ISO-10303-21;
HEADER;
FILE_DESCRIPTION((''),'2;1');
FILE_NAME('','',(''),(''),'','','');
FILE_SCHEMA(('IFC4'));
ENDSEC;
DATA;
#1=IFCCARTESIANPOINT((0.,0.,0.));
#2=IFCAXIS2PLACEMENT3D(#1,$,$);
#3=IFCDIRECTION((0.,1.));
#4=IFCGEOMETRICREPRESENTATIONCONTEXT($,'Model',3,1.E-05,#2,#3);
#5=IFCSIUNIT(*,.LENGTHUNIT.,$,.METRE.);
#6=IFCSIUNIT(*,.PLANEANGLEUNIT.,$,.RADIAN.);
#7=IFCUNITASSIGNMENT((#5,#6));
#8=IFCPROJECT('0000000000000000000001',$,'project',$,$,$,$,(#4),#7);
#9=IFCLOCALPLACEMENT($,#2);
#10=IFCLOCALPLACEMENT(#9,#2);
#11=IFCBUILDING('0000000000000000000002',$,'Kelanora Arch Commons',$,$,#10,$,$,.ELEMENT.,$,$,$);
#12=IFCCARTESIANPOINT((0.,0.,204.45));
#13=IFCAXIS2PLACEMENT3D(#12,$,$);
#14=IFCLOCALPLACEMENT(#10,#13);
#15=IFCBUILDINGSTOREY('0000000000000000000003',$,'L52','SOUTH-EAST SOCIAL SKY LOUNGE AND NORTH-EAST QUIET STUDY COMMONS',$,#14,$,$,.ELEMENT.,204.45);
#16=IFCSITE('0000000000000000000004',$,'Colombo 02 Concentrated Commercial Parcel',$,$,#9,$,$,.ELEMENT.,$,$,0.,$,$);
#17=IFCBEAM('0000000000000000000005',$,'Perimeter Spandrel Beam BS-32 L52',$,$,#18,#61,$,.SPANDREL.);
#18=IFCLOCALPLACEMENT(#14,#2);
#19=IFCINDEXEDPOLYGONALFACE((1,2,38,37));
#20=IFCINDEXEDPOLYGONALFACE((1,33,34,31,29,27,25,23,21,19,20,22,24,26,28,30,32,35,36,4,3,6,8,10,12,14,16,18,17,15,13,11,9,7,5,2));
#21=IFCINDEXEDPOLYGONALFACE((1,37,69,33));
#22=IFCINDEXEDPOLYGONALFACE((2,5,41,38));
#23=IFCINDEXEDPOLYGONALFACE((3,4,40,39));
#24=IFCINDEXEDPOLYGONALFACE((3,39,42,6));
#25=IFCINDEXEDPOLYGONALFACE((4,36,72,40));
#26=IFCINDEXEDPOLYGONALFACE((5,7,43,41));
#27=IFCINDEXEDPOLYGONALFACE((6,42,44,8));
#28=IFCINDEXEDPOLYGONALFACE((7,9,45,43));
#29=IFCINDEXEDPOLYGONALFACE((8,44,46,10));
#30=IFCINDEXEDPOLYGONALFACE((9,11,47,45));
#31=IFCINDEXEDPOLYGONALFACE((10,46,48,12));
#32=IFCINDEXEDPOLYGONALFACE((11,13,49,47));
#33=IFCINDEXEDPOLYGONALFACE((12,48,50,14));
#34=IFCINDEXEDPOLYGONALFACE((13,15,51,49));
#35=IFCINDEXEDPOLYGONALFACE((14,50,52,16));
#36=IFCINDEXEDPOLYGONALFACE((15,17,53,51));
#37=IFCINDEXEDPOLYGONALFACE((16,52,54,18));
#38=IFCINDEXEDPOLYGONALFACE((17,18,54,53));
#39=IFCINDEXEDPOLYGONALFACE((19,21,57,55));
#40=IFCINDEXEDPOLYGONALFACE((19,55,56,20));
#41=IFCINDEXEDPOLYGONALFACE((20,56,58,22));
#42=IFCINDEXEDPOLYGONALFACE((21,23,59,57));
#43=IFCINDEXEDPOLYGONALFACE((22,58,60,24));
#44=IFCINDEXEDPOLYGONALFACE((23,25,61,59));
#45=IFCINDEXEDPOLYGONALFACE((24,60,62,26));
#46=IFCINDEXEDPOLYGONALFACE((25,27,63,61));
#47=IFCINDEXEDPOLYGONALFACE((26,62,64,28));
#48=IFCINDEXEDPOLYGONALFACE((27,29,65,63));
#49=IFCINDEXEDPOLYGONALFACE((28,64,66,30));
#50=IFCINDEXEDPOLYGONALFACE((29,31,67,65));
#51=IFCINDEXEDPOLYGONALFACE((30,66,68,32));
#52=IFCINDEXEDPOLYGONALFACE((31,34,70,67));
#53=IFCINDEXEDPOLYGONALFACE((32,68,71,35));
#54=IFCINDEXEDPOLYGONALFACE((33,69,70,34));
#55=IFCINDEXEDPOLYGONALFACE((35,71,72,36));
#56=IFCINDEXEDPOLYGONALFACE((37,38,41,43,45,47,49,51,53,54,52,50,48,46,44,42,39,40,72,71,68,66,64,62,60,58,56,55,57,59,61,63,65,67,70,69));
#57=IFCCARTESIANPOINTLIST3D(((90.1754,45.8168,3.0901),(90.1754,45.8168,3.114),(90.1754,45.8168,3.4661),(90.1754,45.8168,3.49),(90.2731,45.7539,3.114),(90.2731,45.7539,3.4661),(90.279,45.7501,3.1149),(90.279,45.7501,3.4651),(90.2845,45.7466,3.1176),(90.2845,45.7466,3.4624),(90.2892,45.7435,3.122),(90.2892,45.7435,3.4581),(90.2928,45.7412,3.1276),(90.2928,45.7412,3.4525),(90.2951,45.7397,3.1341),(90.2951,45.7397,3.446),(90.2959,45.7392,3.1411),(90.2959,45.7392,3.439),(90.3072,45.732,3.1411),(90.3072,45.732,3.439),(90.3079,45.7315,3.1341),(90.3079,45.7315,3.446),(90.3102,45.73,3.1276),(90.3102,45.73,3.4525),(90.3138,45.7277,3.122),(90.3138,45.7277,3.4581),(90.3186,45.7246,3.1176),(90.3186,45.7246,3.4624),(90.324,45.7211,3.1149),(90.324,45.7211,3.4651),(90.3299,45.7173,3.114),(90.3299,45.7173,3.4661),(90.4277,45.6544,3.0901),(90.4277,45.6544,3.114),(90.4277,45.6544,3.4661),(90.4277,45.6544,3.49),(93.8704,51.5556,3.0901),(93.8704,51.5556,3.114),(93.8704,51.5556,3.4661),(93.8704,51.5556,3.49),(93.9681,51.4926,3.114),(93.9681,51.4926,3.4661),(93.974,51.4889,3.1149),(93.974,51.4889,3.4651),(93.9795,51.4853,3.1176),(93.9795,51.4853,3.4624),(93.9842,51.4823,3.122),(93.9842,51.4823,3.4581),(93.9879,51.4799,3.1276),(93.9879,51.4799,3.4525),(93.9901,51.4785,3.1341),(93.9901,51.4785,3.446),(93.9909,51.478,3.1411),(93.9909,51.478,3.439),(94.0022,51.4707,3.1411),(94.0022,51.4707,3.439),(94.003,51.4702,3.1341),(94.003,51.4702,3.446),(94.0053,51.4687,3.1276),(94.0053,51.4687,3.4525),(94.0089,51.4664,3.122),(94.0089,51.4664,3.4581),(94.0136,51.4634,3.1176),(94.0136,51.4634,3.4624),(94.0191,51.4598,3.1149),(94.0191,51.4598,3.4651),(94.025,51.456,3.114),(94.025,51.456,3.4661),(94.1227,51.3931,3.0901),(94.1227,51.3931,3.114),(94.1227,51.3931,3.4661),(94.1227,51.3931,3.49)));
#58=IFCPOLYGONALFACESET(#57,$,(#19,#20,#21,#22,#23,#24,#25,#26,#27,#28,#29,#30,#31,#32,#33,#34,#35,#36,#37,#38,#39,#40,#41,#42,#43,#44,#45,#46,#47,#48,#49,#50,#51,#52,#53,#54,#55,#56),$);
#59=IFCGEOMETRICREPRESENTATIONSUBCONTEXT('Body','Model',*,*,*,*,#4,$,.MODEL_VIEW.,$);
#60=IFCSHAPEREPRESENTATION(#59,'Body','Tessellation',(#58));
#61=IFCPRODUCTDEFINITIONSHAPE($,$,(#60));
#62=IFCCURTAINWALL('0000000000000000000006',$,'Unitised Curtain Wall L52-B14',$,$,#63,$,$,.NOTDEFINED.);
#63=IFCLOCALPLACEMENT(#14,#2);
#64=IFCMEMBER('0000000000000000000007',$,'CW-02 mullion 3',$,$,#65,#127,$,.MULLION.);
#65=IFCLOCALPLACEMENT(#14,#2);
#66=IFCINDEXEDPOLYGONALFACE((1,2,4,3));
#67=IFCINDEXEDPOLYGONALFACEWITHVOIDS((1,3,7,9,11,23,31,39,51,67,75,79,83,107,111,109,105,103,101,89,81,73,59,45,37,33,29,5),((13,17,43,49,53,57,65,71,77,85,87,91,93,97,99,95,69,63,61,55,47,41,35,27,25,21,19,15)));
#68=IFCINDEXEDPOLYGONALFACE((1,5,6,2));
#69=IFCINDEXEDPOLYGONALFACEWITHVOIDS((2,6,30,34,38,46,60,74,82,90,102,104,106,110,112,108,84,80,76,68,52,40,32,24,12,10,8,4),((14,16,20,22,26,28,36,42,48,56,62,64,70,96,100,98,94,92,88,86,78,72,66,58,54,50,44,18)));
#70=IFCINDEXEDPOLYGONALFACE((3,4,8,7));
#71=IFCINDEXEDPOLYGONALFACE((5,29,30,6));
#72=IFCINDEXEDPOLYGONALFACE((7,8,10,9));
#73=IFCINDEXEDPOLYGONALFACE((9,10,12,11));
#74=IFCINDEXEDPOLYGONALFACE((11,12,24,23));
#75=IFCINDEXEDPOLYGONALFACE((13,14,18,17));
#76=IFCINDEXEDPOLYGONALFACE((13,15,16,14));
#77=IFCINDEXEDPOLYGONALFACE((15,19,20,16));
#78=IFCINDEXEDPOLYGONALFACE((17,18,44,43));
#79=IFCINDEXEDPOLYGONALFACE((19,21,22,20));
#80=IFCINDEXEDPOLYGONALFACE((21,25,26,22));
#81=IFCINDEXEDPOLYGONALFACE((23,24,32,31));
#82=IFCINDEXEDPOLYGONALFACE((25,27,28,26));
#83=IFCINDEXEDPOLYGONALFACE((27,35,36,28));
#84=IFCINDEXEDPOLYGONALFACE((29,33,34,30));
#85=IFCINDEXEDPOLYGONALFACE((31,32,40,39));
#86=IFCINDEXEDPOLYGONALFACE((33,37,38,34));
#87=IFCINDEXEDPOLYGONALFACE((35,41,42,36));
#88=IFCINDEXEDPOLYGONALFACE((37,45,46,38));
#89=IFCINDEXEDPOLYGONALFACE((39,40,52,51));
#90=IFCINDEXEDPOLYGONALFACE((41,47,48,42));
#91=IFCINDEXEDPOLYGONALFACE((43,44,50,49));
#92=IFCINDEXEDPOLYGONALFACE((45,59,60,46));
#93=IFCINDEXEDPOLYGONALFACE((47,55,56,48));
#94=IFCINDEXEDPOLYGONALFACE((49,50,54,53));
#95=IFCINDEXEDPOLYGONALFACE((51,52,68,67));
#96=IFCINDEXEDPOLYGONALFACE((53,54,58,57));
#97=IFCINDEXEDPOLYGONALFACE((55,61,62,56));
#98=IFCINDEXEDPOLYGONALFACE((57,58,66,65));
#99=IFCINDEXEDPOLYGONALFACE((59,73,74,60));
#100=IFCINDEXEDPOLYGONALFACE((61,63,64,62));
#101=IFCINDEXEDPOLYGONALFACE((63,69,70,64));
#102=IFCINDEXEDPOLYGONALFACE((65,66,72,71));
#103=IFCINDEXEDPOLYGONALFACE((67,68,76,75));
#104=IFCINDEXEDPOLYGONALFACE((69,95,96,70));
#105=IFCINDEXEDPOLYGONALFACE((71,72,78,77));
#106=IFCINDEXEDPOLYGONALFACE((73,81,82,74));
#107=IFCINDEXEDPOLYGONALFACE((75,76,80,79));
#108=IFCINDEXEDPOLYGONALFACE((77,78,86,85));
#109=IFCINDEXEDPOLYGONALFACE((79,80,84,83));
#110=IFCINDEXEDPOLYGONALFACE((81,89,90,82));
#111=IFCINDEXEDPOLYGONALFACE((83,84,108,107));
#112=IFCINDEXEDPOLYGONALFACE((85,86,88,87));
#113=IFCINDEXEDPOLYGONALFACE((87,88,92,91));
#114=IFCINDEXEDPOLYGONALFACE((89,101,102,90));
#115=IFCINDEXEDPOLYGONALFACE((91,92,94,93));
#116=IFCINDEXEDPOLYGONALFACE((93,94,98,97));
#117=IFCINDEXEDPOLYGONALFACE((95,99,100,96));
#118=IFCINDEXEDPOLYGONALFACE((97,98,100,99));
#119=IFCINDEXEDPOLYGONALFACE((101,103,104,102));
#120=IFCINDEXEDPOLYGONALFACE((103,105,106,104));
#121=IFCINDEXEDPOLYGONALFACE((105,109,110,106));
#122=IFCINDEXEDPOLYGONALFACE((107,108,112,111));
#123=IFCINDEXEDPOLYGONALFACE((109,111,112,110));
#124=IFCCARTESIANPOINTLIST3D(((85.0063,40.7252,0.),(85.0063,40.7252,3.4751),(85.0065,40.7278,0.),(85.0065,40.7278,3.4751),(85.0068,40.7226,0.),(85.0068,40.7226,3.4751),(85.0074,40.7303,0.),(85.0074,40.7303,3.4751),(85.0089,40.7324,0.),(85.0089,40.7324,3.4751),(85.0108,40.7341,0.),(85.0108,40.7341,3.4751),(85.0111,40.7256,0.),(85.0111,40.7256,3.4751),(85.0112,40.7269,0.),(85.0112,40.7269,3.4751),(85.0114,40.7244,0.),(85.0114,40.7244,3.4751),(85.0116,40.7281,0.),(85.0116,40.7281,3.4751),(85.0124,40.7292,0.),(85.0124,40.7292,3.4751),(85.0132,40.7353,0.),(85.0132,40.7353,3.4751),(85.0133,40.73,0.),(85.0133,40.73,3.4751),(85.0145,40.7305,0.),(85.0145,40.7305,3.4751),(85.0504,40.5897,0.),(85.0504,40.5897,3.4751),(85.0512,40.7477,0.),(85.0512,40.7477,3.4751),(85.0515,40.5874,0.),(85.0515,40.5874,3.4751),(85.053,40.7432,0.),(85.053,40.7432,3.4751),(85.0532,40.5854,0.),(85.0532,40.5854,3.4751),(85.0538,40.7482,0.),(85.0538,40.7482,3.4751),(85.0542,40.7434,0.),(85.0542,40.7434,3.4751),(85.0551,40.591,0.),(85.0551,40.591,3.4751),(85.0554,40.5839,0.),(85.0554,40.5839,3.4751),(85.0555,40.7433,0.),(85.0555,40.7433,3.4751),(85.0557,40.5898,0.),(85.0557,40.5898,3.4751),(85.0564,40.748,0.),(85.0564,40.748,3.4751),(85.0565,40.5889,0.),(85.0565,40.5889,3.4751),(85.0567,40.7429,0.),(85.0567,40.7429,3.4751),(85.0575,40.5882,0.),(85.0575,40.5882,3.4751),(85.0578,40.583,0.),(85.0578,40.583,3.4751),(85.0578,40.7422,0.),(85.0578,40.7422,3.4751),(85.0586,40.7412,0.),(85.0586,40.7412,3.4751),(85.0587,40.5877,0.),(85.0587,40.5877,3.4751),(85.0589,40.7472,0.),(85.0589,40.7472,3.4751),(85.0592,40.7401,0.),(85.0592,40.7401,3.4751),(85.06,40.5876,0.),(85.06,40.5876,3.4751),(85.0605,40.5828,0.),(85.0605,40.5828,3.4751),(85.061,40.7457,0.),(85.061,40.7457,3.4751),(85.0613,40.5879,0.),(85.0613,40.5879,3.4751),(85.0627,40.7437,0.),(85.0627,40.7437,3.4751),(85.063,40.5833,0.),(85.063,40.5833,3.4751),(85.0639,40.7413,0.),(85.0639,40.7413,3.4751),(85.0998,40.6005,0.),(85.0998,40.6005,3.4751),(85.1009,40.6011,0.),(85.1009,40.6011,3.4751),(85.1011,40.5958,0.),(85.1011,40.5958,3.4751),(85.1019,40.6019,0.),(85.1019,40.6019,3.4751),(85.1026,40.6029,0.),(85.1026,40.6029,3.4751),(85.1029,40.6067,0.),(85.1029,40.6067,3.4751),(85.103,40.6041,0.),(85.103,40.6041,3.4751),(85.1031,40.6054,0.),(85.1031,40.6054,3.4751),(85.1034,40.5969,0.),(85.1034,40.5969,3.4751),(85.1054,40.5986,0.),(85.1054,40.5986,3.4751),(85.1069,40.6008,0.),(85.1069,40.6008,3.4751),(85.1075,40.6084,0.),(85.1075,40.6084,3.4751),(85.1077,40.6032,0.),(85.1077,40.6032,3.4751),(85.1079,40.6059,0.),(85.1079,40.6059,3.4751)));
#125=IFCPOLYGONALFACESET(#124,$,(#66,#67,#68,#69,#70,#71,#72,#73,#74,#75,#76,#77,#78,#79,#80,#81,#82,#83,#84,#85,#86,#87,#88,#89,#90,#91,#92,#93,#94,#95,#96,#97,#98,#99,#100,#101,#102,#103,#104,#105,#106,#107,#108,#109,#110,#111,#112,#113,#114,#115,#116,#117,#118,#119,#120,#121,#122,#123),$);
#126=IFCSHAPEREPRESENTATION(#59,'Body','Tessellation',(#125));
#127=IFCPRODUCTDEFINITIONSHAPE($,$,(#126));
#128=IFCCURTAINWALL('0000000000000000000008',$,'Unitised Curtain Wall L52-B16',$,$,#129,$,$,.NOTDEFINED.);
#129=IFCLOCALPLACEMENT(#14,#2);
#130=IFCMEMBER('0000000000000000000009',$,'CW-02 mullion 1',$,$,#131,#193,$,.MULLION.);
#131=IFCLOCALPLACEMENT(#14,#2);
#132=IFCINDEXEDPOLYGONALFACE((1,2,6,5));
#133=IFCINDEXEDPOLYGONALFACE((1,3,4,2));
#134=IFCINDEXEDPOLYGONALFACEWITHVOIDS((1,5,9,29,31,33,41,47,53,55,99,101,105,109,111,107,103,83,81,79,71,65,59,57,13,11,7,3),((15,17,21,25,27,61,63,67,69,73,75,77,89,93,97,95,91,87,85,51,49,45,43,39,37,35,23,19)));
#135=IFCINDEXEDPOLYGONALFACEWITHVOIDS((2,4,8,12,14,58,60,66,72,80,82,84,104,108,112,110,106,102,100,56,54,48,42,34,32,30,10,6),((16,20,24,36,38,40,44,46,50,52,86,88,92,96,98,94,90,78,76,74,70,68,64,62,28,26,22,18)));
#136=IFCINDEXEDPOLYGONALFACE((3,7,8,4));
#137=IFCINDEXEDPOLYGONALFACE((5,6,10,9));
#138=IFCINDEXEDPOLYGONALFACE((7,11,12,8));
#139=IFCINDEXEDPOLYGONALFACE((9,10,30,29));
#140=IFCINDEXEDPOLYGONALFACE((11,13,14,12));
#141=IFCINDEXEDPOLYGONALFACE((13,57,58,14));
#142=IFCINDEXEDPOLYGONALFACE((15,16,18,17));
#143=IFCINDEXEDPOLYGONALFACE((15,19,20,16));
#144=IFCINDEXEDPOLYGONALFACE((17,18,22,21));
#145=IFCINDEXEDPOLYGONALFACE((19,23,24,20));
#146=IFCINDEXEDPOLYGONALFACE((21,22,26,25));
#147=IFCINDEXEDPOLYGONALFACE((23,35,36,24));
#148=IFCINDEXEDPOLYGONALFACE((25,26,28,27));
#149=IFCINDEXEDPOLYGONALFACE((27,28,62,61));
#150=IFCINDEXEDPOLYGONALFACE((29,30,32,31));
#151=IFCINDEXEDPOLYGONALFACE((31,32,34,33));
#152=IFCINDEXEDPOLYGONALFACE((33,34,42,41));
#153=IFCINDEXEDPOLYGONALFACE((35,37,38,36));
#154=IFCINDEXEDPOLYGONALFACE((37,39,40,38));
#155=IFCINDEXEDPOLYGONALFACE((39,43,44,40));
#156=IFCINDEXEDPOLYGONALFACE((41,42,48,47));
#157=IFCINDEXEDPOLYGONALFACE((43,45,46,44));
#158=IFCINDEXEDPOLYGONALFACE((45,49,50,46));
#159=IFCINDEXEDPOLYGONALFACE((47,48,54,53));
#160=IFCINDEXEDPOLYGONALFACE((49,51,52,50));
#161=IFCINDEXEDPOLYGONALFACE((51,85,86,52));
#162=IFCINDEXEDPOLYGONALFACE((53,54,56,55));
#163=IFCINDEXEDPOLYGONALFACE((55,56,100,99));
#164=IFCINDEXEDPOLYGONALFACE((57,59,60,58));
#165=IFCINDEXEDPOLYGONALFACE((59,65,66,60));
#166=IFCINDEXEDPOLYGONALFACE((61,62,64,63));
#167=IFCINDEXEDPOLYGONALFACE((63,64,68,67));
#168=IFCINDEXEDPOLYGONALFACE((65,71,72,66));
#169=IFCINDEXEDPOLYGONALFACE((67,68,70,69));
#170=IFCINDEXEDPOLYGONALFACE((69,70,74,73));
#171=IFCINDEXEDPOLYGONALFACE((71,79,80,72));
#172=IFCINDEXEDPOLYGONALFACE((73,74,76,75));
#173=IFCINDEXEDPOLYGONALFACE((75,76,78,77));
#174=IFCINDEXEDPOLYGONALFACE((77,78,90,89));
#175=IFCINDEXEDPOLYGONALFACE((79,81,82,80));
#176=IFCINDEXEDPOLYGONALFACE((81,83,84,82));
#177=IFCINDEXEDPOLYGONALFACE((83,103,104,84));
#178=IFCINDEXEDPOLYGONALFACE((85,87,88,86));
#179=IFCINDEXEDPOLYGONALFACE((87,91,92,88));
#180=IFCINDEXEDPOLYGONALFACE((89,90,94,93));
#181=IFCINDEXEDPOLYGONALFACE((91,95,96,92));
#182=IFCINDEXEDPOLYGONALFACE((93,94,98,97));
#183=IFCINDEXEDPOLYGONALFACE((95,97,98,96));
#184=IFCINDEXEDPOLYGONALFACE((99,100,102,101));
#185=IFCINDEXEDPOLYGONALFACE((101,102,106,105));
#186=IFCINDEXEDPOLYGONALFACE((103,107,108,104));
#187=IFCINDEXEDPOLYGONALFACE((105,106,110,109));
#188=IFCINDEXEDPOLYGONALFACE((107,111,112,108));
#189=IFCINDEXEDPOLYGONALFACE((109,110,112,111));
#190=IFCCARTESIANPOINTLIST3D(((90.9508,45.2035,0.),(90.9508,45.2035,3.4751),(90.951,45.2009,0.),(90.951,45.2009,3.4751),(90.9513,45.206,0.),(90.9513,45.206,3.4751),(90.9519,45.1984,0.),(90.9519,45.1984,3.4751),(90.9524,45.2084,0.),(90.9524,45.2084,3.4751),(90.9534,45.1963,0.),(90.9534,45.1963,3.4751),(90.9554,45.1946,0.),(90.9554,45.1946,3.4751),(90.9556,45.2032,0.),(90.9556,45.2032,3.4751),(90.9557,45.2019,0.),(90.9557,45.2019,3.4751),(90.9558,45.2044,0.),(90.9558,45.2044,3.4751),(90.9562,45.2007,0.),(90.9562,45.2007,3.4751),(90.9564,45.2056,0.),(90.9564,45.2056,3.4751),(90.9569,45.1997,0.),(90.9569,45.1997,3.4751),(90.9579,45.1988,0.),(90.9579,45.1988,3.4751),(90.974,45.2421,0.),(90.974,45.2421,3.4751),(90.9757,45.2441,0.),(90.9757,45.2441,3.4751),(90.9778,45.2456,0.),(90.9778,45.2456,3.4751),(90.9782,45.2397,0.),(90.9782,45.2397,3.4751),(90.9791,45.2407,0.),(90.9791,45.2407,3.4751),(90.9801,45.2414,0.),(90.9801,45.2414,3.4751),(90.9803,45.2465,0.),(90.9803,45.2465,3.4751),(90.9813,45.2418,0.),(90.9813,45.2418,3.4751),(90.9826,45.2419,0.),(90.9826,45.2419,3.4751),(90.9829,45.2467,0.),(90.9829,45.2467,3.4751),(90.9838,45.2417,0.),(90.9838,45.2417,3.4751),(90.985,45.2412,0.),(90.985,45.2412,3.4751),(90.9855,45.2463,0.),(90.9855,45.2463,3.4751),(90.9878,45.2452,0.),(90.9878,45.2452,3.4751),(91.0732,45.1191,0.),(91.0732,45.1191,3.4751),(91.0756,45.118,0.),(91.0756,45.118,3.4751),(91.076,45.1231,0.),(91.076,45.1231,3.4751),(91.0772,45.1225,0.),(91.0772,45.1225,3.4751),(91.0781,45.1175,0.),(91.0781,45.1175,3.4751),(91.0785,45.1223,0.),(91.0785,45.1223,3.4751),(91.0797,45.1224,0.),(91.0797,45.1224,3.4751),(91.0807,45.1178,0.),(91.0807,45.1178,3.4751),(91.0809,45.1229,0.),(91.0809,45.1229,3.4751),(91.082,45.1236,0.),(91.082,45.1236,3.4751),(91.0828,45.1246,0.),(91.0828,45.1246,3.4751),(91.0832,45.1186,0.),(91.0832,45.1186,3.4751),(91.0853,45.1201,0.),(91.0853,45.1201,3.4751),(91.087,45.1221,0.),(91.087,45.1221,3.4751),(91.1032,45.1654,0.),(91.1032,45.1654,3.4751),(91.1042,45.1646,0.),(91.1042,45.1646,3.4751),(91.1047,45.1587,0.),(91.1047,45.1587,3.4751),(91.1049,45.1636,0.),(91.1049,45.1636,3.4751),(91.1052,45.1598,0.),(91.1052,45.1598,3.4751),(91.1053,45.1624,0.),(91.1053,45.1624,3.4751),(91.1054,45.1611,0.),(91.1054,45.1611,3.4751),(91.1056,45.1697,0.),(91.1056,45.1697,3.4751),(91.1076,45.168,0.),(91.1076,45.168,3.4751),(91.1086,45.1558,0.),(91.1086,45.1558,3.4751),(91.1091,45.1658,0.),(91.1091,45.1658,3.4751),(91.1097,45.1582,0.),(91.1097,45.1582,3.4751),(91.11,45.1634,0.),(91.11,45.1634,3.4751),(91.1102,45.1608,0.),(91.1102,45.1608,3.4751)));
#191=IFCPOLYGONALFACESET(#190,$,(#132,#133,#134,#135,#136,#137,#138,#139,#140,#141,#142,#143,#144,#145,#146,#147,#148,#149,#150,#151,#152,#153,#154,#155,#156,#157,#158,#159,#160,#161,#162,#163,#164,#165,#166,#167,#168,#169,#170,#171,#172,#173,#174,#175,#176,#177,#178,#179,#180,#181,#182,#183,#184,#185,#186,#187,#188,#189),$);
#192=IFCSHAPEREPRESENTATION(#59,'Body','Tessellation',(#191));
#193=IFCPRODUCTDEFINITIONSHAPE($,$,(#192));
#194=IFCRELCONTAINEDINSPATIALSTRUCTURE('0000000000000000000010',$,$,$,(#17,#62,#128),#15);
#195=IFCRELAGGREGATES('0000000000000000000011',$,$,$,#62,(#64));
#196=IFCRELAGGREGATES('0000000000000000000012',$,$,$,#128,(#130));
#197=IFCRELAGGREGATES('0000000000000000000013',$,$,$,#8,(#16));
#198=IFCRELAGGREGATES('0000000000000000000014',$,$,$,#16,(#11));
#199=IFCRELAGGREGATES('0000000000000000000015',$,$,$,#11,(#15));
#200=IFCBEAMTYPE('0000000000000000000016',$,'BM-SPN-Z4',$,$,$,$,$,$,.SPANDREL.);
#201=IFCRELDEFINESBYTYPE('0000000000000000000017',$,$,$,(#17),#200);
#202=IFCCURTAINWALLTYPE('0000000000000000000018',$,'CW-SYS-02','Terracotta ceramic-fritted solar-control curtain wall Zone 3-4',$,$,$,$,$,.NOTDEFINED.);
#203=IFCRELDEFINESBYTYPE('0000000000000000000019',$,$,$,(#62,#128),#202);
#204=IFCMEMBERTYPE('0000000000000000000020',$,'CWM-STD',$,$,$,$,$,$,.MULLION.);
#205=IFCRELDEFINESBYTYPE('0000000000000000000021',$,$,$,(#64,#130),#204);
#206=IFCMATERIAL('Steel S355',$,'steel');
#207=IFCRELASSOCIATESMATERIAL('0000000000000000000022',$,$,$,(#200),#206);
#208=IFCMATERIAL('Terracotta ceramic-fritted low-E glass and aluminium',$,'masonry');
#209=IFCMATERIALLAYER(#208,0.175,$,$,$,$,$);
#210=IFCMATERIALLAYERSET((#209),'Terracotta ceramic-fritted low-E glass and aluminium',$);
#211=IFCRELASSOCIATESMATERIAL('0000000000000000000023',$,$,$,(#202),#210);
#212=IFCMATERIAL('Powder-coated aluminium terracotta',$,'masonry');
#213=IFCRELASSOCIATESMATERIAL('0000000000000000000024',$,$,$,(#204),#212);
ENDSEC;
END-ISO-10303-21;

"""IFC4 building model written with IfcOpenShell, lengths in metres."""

from ifc_helpers import new_model, si_unit, direction, frame, origin, origin_2d, place, context, subcontext, project, spatial, hollow_rectangle, i_section, extrude, material, layer, layer_set, material_profile, profile_set, type_object, element, aggregate, save


model = new_model("IFC4")

# Units and contexts
model_context = context("Model", 3, precision=1e-05, world=origin(), true_north=direction((0.0, 1.0)))
body_context = subcontext(model_context, "Body", "Model", "MODEL_VIEW")
ifc_project = project(units=[si_unit("LENGTHUNIT", "METRE"), si_unit("PLANEANGLEUNIT", "RADIAN")], contexts=[model_context])

# Site, building, storey
site_placement = place(None, origin())
site = spatial("IfcSite", under=ifc_project, at=site_placement, Name="Colombo 02 Concentrated Commercial Parcel", CompositionType="ELEMENT", RefElevation=0.0)
building_placement = place(site_placement, origin())
building = spatial("IfcBuilding", under=site, at=building_placement, Name="Kelanora Arch Commons", CompositionType="ELEMENT")
storey_placement = place(building_placement, frame((0.0, 0.0, 204.45)))
storey = spatial("IfcBuildingStorey", under=building, at=storey_placement, Name="L52", Description="SOUTH-EAST SOCIAL SKY LOUNGE AND NORTH-EAST QUIET STUDY COMMONS", CompositionType="ELEMENT", Elevation=204.45)

# Beam
ifc_material_1 = material(Name="Steel S355", Category="steel")
ifc_material_profile_1 = material_profile(ifc_material_1, i_section(OverallWidth=0.3, OverallDepth=0.3999, WebThickness=0.0134, FlangeThickness=0.0239, FilletRadius=0.0271, at=origin_2d()), Name="HEB400")
ifc_profile_set_1 = profile_set([ifc_material_profile_1], Name="Steel S355")
beam_type_1 = type_object("IfcBeamType", Name="BM-SPN-Z4", PredefinedType="SPANDREL", material=ifc_profile_set_1)
beam_1_placement = place(storey_placement, frame((90.3015, 45.7356, 3.29), z_axis=(0.541365, 0.840788, 0.0), x_axis=(-0.840788, 0.541365, 0.0)))
element("IfcBeam", 1, at=beam_1_placement, inside=storey, type_object=beam_type_1, Name="Perimeter Spandrel Beam BS-32 L52", PredefinedType="SPANDREL", context=body_context, shape_type="SweptSolid", body=[
    extrude(i_section(OverallWidth=0.3, OverallDepth=0.3999, WebThickness=0.0134, FlangeThickness=0.0239, FilletRadius=0.0271, at=origin_2d()), origin(), (0.0, 0.0, 1.0), 6.8254),
])

# Curtain wall, member
ifc_material_2 = material(Name="Terracotta ceramic-fritted low-E glass and aluminium", Category="masonry")
ifc_layer_1 = layer(ifc_material_2, 0.175)
ifc_layer_set_1 = layer_set([ifc_layer_1], Name="Terracotta ceramic-fritted low-E glass and aluminium")
curtain_wall_type = type_object("IfcCurtainWallType", Name="CW-SYS-02", Description="Terracotta ceramic-fritted solar-control curtain wall Zone 3-4", PredefinedType="NOTDEFINED", material=ifc_layer_set_1)
curtain_wall_1_placement = place(storey_placement, origin())
curtain_wall_1 = element("IfcCurtainWall", 2, at=curtain_wall_1_placement, inside=storey, type_object=curtain_wall_type, Name="Unitised Curtain Wall L52-B14", PredefinedType="NOTDEFINED")
ifc_material_3 = material(Name="Powder-coated aluminium terracotta", Category="masonry")
ifc_material_profile_2 = material_profile(ifc_material_3, hollow_rectangle(XDim=0.1599, YDim=0.0601, WallThickness=0.0049, InnerFilletRadius=0.0049, OuterFilletRadius=0.01, at=origin_2d()), Name="CWM160x60")
ifc_profile_set_2 = profile_set([ifc_material_profile_2], Name="Powder-coated aluminium terracotta")
member_type_1 = type_object("IfcMemberType", Name="CWM-STD", PredefinedType="MULLION", material=ifc_profile_set_2)
member_1_placement = place(storey_placement, frame((85.0571, 40.6655, 0.0), z_axis=(0.0, 0.0, 1.0), x_axis=(-0.311582, 0.950219, 0.0)))
member_1 = element("IfcMember", 3, at=member_1_placement, type_object=member_type_1, Name="CW-02 mullion 3", PredefinedType="MULLION", context=body_context, shape_type="SweptSolid", body=[
    extrude(hollow_rectangle(XDim=0.1599, YDim=0.0601, WallThickness=0.0049, InnerFilletRadius=0.0049, OuterFilletRadius=0.01, at=origin_2d()), origin(), (0.0, 0.0, 1.0), 3.4751),
])

# Curtain wall, member
curtain_wall_2_placement = place(storey_placement, origin())
curtain_wall_2 = element("IfcCurtainWall", 4, at=curtain_wall_2_placement, inside=storey, type_object=curtain_wall_type, Name="Unitised Curtain Wall L52-B16", PredefinedType="NOTDEFINED")
member_2_placement = place(storey_placement, frame((91.0305, 45.1821, 0.0), z_axis=(0.0, 0.0, 1.0), x_axis=(-0.841948, 0.539559, 0.0)))
member_2 = element("IfcMember", 5, at=member_2_placement, type_object=member_type_1, Name="CW-02 mullion 1", PredefinedType="MULLION", context=body_context, shape_type="SweptSolid", body=[
    extrude(hollow_rectangle(XDim=0.1599, YDim=0.0601, WallThickness=0.0049, InnerFilletRadius=0.0049, OuterFilletRadius=0.01, at=origin_2d()), origin(), (0.0, 0.0, 1.0), 3.4751),
])

aggregate(curtain_wall_1, [member_1])
aggregate(curtain_wall_2, [member_2])

save(model, "model.ifc")
